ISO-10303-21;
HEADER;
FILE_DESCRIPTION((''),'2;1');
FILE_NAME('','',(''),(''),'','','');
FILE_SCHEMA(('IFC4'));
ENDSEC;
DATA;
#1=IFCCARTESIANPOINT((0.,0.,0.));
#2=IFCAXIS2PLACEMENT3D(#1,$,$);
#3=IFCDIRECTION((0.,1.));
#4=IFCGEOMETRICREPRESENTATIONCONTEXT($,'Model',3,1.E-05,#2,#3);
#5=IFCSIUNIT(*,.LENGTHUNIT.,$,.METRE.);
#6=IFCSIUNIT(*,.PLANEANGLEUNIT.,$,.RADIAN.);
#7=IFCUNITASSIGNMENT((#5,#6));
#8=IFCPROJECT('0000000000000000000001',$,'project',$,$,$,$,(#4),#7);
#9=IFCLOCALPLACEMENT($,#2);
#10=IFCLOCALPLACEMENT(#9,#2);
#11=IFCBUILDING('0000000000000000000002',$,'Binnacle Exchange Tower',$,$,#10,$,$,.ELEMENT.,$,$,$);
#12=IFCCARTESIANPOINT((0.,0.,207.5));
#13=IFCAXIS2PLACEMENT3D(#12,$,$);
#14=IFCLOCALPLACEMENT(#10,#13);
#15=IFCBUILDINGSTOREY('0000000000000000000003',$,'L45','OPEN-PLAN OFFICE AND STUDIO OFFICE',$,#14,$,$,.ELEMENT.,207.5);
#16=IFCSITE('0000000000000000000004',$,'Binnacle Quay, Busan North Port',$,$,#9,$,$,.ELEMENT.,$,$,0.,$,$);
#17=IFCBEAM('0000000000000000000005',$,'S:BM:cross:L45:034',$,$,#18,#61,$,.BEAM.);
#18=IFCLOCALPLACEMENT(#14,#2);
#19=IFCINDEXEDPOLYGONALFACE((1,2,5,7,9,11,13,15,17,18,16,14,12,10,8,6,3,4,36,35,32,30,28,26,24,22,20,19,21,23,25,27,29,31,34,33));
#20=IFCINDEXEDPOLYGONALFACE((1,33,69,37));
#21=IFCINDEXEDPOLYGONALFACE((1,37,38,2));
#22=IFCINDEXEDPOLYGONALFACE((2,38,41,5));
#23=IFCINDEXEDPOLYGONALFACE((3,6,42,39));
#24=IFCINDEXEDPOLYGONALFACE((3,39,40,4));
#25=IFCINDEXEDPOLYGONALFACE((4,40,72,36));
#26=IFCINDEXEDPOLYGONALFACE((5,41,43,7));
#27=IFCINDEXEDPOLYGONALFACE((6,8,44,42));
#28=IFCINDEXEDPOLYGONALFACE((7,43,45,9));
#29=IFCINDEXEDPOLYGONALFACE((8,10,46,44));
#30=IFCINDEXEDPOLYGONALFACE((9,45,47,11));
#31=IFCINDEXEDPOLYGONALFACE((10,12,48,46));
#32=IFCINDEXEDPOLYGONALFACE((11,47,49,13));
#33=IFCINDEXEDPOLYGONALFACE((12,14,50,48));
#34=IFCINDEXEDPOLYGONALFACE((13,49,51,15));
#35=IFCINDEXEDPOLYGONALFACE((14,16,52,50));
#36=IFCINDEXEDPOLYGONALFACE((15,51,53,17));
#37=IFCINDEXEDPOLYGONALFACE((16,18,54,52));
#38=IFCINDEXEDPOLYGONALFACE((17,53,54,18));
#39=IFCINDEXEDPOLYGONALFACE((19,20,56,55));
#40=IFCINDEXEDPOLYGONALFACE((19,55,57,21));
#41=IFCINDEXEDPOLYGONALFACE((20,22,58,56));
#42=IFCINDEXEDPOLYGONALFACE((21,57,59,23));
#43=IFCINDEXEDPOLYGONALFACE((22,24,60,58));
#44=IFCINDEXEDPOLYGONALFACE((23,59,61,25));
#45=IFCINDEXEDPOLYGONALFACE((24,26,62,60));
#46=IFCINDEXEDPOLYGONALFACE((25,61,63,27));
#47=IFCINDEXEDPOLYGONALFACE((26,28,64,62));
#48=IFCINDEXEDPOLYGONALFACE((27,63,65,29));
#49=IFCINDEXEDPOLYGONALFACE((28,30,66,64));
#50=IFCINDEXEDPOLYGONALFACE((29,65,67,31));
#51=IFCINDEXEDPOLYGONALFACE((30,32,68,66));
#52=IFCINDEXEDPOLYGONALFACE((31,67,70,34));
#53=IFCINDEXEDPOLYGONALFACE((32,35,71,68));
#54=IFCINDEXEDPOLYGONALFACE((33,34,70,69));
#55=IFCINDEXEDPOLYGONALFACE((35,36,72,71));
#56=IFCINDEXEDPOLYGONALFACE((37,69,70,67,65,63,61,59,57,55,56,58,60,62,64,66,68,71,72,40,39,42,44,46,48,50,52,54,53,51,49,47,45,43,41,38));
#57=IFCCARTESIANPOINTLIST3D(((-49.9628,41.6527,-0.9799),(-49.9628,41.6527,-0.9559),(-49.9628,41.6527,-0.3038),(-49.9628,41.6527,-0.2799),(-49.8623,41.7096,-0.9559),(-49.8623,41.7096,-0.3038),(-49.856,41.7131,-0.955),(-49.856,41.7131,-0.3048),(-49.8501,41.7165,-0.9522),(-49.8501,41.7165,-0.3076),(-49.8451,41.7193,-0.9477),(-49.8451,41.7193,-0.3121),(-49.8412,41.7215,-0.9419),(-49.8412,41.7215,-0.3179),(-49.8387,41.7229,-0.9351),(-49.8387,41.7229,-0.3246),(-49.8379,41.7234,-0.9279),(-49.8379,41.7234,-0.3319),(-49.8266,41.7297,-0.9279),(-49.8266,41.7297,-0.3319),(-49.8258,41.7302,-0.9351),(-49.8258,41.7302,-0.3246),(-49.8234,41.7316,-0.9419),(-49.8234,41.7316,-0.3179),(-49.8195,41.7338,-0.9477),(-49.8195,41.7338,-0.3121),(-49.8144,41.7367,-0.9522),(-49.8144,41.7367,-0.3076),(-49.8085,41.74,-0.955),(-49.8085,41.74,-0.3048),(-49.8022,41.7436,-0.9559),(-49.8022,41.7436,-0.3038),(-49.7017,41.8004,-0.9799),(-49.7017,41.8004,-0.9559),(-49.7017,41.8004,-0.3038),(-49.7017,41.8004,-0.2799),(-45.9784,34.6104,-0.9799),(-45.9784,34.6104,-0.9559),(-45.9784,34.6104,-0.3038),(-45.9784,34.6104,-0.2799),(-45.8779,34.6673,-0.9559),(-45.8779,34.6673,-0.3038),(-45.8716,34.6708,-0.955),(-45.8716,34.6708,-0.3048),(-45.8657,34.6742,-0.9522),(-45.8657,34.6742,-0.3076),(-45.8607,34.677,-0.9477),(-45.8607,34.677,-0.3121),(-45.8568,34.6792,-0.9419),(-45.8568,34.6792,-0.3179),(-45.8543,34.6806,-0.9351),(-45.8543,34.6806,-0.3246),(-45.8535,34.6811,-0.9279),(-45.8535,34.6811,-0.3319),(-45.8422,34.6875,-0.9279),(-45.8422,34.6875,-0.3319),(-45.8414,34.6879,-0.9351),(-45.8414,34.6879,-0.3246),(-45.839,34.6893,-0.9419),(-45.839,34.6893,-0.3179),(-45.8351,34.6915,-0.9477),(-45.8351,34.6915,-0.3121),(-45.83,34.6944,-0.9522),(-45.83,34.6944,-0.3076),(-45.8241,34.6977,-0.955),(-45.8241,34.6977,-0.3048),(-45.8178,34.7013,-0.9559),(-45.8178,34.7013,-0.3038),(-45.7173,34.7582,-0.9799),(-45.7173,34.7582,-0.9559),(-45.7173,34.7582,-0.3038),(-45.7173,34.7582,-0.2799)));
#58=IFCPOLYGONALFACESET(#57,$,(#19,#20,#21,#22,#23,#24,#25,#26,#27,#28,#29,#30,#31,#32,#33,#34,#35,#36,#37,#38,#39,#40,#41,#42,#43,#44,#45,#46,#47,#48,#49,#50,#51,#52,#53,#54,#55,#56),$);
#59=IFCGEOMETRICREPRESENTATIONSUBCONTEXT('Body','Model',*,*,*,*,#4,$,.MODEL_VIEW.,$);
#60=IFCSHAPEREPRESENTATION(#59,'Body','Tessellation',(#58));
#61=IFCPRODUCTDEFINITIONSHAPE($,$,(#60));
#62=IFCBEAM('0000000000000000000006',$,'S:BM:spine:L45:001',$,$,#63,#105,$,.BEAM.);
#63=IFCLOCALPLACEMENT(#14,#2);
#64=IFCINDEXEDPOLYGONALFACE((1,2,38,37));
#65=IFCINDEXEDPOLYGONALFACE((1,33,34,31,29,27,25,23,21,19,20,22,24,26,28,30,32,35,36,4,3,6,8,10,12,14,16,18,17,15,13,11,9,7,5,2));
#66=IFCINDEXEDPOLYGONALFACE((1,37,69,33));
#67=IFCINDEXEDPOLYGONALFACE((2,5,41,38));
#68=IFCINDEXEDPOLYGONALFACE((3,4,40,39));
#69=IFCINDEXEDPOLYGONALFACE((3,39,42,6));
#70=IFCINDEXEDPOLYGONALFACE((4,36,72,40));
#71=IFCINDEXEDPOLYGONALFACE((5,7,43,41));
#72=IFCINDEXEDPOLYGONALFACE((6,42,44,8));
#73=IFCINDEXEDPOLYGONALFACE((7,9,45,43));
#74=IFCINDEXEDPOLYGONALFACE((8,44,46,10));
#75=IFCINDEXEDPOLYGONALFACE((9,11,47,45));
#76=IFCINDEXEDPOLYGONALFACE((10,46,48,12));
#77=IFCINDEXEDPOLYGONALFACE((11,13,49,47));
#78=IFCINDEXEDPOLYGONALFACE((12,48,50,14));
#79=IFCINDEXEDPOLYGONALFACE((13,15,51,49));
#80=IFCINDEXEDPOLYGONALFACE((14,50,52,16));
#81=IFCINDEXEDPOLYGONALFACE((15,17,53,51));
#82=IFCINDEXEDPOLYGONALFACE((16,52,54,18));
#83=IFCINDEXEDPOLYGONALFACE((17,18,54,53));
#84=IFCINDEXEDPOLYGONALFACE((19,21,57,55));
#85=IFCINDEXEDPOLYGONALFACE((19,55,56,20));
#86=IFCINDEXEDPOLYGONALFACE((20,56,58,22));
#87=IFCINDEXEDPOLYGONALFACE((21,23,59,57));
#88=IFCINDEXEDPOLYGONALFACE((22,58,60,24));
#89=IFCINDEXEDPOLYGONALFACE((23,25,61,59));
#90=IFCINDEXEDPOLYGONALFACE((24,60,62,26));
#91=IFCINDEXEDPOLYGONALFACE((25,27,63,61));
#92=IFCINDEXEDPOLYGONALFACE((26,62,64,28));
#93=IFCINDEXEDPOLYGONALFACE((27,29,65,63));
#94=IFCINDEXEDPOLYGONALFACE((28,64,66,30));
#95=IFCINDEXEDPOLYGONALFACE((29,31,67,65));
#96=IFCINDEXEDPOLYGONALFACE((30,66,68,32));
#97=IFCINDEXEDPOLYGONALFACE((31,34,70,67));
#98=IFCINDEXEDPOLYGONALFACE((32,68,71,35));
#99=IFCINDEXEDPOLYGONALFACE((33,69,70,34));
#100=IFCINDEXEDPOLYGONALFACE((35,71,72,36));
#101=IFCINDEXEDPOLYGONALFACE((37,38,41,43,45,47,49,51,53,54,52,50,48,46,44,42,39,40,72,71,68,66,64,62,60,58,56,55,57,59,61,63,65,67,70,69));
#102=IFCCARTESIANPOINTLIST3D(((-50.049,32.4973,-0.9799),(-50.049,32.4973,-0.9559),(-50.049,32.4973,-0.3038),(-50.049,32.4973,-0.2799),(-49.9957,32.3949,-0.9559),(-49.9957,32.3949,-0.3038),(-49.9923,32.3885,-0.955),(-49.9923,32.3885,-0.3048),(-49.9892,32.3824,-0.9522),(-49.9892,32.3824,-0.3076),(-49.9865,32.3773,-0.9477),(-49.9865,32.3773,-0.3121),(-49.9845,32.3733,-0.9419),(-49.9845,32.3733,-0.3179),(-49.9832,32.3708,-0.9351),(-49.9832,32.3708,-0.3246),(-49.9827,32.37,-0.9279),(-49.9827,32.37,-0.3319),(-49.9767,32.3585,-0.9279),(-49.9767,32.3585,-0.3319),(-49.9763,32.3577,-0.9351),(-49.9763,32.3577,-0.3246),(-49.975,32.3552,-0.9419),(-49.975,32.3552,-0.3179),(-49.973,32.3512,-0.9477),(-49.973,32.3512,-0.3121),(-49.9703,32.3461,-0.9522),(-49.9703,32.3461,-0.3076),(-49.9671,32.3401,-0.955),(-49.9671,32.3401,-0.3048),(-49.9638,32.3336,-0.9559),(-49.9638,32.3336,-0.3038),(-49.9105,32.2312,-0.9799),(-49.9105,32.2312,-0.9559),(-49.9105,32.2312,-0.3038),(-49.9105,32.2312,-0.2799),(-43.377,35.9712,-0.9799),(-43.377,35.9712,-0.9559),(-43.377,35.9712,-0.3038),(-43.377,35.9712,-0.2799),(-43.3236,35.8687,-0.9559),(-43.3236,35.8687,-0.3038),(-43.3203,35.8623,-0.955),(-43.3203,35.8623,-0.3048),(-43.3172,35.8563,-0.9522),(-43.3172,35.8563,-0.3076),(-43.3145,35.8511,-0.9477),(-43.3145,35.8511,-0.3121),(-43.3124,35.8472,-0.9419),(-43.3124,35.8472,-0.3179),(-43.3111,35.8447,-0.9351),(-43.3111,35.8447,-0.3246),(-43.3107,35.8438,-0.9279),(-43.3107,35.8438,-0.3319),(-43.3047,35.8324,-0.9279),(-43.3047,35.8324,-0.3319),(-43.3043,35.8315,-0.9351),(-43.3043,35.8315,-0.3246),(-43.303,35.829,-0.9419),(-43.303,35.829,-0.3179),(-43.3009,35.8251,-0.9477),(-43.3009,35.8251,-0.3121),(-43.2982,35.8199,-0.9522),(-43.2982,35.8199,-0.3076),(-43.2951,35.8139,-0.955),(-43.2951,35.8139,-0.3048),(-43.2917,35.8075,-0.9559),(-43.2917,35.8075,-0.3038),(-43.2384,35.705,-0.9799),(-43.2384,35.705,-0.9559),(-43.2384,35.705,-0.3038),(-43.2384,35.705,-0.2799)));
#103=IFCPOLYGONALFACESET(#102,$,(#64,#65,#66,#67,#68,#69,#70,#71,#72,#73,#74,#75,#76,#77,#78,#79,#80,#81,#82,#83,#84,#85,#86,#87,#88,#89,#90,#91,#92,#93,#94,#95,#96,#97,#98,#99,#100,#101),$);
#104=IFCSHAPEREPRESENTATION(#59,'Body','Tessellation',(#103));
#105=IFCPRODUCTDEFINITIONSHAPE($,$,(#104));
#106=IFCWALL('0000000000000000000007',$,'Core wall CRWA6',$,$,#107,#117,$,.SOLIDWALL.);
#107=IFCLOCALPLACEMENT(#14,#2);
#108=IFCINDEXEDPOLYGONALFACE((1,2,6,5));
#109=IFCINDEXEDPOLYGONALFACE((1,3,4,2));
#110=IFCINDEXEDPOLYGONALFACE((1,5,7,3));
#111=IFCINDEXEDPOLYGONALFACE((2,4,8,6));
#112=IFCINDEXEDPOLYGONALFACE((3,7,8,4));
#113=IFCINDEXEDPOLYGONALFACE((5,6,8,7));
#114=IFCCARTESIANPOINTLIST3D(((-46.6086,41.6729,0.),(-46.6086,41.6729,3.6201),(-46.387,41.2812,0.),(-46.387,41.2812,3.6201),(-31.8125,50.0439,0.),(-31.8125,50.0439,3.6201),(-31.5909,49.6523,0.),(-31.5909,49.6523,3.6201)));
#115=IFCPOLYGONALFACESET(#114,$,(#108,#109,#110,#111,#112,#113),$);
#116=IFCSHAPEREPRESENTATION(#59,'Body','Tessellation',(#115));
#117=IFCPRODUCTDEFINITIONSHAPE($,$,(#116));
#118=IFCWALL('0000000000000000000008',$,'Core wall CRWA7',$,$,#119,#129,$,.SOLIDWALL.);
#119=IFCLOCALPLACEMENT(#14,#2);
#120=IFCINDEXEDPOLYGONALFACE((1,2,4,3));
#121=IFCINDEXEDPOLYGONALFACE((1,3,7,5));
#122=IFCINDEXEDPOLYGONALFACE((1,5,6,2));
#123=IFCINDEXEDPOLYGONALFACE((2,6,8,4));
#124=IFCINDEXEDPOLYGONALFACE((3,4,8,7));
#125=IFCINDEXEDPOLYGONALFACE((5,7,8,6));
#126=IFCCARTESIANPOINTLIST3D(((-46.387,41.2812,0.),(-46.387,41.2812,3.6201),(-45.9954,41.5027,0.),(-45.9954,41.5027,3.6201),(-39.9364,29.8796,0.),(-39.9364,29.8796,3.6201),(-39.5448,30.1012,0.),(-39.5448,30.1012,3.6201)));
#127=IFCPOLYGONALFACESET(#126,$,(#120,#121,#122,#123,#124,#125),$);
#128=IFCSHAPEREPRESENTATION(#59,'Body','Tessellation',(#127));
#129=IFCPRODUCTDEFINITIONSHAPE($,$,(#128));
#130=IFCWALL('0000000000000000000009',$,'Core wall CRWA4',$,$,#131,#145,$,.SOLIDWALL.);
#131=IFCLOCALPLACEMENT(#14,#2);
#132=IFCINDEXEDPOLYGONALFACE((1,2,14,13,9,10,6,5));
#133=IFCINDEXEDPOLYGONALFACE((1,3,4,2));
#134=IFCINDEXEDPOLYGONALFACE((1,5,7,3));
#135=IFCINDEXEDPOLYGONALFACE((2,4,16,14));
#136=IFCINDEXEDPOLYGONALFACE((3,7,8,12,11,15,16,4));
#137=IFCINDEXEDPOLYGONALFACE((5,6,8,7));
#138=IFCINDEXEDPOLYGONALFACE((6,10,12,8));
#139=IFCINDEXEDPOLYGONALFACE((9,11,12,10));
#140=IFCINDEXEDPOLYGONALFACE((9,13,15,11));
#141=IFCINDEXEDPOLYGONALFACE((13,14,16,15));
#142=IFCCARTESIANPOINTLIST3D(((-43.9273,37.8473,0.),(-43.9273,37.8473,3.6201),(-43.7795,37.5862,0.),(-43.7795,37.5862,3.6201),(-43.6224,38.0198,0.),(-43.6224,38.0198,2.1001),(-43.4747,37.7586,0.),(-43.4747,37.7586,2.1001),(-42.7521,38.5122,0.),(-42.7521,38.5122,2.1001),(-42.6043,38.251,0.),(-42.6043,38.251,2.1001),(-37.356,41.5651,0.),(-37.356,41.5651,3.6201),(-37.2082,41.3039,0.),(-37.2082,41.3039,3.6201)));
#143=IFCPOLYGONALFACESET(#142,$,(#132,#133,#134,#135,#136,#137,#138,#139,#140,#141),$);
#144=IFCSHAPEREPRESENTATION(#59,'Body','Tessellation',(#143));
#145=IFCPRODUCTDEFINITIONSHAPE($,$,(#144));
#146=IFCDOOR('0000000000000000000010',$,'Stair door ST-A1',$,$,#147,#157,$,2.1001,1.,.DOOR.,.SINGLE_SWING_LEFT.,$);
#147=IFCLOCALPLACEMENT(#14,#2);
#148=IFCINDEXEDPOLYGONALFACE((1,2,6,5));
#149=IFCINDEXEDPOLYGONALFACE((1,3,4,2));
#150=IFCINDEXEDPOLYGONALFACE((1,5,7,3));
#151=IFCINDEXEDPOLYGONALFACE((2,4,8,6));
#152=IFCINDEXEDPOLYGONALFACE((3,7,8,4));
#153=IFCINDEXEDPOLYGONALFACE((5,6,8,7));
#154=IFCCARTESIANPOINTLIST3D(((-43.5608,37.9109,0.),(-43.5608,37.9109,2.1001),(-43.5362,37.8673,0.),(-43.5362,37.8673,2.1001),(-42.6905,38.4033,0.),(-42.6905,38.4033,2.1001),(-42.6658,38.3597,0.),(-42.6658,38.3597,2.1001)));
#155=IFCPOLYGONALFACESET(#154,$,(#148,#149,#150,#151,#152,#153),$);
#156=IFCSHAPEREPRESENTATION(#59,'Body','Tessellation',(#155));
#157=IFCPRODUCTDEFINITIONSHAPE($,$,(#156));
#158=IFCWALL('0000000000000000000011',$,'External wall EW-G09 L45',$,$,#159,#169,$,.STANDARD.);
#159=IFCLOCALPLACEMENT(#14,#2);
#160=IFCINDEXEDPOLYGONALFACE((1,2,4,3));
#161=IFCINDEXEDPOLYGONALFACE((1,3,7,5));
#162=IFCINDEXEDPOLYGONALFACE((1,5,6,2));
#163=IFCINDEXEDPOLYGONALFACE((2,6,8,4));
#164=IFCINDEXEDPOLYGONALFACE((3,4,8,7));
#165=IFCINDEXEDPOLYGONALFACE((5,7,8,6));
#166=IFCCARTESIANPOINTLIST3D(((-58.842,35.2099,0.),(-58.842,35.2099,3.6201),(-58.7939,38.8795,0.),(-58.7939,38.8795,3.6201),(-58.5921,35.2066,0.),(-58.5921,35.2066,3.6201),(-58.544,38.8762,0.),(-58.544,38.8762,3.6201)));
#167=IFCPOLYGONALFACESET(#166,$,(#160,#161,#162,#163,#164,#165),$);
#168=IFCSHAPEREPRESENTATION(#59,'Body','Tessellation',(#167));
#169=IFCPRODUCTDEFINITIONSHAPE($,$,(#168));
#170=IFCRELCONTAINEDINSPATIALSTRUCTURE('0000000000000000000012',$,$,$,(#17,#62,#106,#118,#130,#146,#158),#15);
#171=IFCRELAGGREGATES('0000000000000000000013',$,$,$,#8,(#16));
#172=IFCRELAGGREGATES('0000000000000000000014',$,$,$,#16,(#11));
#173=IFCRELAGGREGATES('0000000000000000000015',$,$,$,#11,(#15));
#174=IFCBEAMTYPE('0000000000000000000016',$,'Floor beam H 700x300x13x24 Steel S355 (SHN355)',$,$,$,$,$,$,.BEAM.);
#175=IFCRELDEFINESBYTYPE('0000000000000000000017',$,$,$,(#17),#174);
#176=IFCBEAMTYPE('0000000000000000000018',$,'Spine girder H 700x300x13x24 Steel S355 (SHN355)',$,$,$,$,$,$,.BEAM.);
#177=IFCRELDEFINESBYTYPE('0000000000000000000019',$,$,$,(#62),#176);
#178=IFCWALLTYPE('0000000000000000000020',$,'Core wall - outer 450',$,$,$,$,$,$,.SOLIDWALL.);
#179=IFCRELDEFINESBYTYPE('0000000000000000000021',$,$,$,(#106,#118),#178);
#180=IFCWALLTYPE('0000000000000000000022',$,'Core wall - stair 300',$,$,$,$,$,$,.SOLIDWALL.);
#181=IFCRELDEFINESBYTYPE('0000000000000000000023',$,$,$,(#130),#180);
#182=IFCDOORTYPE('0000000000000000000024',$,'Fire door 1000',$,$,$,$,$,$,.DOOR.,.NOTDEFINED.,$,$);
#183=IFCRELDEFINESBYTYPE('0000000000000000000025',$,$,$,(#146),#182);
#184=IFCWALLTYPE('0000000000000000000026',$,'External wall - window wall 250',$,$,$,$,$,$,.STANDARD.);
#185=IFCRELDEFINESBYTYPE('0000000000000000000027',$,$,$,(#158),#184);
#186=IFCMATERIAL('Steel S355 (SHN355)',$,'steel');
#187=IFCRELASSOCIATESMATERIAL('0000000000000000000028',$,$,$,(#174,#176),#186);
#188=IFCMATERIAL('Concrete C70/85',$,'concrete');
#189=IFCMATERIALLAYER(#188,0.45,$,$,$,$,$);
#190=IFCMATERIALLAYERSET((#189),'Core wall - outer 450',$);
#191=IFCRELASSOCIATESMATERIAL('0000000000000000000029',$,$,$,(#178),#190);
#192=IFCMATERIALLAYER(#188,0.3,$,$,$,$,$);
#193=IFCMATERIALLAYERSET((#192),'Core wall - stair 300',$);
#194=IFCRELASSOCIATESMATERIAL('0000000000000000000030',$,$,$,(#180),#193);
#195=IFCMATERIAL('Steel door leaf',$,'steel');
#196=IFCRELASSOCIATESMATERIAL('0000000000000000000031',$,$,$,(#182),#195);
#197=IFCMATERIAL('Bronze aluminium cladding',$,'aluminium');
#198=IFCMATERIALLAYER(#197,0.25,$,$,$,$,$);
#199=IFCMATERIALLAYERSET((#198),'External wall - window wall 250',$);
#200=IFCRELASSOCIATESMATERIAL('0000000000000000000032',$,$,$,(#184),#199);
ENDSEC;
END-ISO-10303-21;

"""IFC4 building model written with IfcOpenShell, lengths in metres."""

from ifc_helpers import new_model, si_unit, direction, frame, frame_2d, origin, origin_2d, place, context, subcontext, project, spatial, rectangle, i_section, extrude, material, layer, layer_set, material_profile, profile_set, type_object, element, fill, save


model = new_model("IFC4")

# Units and contexts
model_context = context("Model", 3, precision=1e-05, world=origin(), true_north=direction((0.0, 1.0)))
body_context = subcontext(model_context, "Body", "Model", "MODEL_VIEW")
ifc_project = project(units=[si_unit("LENGTHUNIT", "METRE"), si_unit("PLANEANGLEUNIT", "RADIAN")], contexts=[model_context])

# Site, building, storey
site_placement = place(None, origin())
site = spatial("IfcSite", under=ifc_project, at=site_placement, Name="Binnacle Quay, Busan North Port", CompositionType="ELEMENT", RefElevation=0.0)
building_placement = place(site_placement, origin())
building = spatial("IfcBuilding", under=site, at=building_placement, Name="Binnacle Exchange Tower", CompositionType="ELEMENT")
storey_placement = place(building_placement, frame((0.0, 0.0, 207.5)))
storey = spatial("IfcBuildingStorey", under=building, at=storey_placement, Name="L45", Description="OPEN-PLAN OFFICE AND STUDIO OFFICE", CompositionType="ELEMENT", Elevation=207.5)

# Beams
ifc_material_1 = material(Name="Steel S355 (SHN355)", Category="steel")
ifc_material_profile_1 = material_profile(ifc_material_1, i_section(OverallWidth=0.3, OverallDepth=0.7, WebThickness=0.0129, FlangeThickness=0.0239, FilletRadius=0.0281, at=origin_2d()), Name="H 700x300x13x24")
ifc_profile_set_1 = profile_set([ifc_material_profile_1], Name="Steel S355 (SHN355)")
beam_type_1 = type_object("IfcBeamType", Name="Floor beam H 700x300x13x24 Steel S355 (SHN355)", PredefinedType="BEAM", material=ifc_profile_set_1)
beam_1_placement = place(storey_placement, frame((-49.8323, 41.7266, -0.6299), z_axis=(0.49243, -0.870352, 0.0), x_axis=(0.870352, 0.49243, 0.0)))
element("IfcBeam", 1, at=beam_1_placement, inside=storey, type_object=beam_type_1, Name="S:BM:cross:L45:034", PredefinedType="BEAM", context=body_context, shape_type="SweptSolid", body=[
    extrude(i_section(OverallWidth=0.3, OverallDepth=0.7, WebThickness=0.0129, FlangeThickness=0.0239, FilletRadius=0.0281, at=origin_2d()), origin(), (0.0, 0.0, 1.0), 8.0913),
])
ifc_material_profile_2 = material_profile(ifc_material_1, i_section(OverallWidth=0.3, OverallDepth=0.7, WebThickness=0.0129, FlangeThickness=0.0239, FilletRadius=0.0281, at=origin_2d()), Name="H 700x300x13x24")
ifc_profile_set_2 = profile_set([ifc_material_profile_2], Name="Steel S355 (SHN355)")
beam_type_2 = type_object("IfcBeamType", Name="Spine girder H 700x300x13x24 Steel S355 (SHN355)", PredefinedType="BEAM", material=ifc_profile_set_2)
beam_2_placement = place(storey_placement, frame((-49.9797, 32.3643, -0.6299), z_axis=(0.886979, 0.46181, 0.0), x_axis=(-0.46181, 0.886979, 0.0)))
element("IfcBeam", 2, at=beam_2_placement, inside=storey, type_object=beam_type_2, Name="S:BM:spine:L45:001", PredefinedType="BEAM", context=body_context, shape_type="SweptSolid", body=[
    extrude(i_section(OverallWidth=0.3, OverallDepth=0.7, WebThickness=0.0129, FlangeThickness=0.0239, FilletRadius=0.0281, at=origin_2d()), origin(), (0.0, 0.0, 1.0), 7.5222),
])

# Walls
ifc_material_2 = material(Name="Concrete C70/85", Category="concrete")
ifc_layer_1 = layer(ifc_material_2, 0.45)
ifc_layer_set_1 = layer_set([ifc_layer_1], Name="Core wall - outer 450")
wall_type_1 = type_object("IfcWallType", Name="Core wall - outer 450", PredefinedType="SOLIDWALL", material=ifc_layer_set_1)
wall_1_placement = place(storey_placement, frame((-46.4978, 41.4771, 0.0), z_axis=(0.0, 0.0, 1.0), x_axis=(0.87036, 0.492416, 0.0)))
element("IfcWall", 3, at=wall_1_placement, inside=storey, type_object=wall_type_1, Name="Core wall CRWA6", PredefinedType="SOLIDWALL", context=body_context, shape_type="SweptSolid", body=[
    extrude(rectangle(XDim=17.0, YDim=0.45, at=frame_2d((8.5, 0.0))), origin(), (0.0, 0.0, 1.0), 3.6201),
])
wall_2_placement = place(storey_placement, frame((-46.1912, 41.3918, 0.0), z_axis=(0.0, 0.0, 1.0), x_axis=(0.492421, -0.870357, 0.0)))
element("IfcWall", 4, at=wall_2_placement, inside=storey, type_object=wall_type_1, Name="Core wall CRWA7", PredefinedType="SOLIDWALL", context=body_context, shape_type="SweptSolid", body=[
    extrude(rectangle(XDim=13.0999, YDim=0.45, at=frame_2d((6.5498, 0.0))), origin(), (0.0, 0.0, 1.0), 3.6201),
])

# Wall, opening, door
ifc_layer_2 = layer(ifc_material_2, 0.3)
ifc_layer_set_2 = layer_set([ifc_layer_2], Name="Core wall - stair 300")
wall_type_2 = type_object("IfcWallType", Name="Core wall - stair 300", PredefinedType="SOLIDWALL", material=ifc_layer_set_2)
wall_3_placement = place(storey_placement, frame((-43.8533, 37.7168, 0.0), z_axis=(0.0, 0.0, 1.0), x_axis=(0.87036, 0.492415, 0.0)))
wall_3 = element("IfcWall", 5, at=wall_3_placement, inside=storey, type_object=wall_type_2, Name="Core wall CRWA4", PredefinedType="SOLIDWALL", context=body_context, shape_type="SweptSolid", body=[
    extrude(rectangle(XDim=7.55, YDim=0.3, at=frame_2d((3.7749, 0.0))), origin(), (0.0, 0.0, 1.0), 3.6201),
])
opening_1_placement = place(wall_3_placement, frame((0.3501, 0.0, 0.0)))
opening_1 = element("IfcOpeningElement", 6, at=opening_1_placement, cuts=wall_3, PredefinedType="OPENING", context=body_context, shape_type="SweptSolid", body=[
    extrude(rectangle(XDim=1.0, YDim=2.1001, at=frame_2d((0.5, 1.05))), frame((0.0, 0.1599, 0.0), z_axis=(0.0, -1.0, 0.0), x_axis=(1.0, 0.0, 0.0)), (0.0, 0.0, 1.0), 0.3201),
])
ifc_material_3 = material(Name="Steel door leaf", Category="steel")
door_type_1 = type_object("IfcDoorType", Name="Fire door 1000", OperationType="NOTDEFINED", PredefinedType="DOOR", material=ifc_material_3)
door_1_placement = place(opening_1_placement, origin())
door_1 = element("IfcDoor", 7, at=door_1_placement, inside=storey, type_object=door_type_1, Name="Stair door ST-A1", OperationType="SINGLE_SWING_LEFT", OverallHeight=2.1001, OverallWidth=1.0, PredefinedType="DOOR", context=body_context, shape_type="SweptSolid", body=[
    extrude(rectangle(XDim=1.0, YDim=2.1001, at=frame_2d((0.5, 1.05))), frame((0.0, 0.0249, 0.0), z_axis=(0.0, -1.0, 0.0), x_axis=(1.0, 0.0, 0.0)), (0.0, 0.0, 1.0), 0.05),
])
fill(opening_1, door_1)

# Wall
ifc_material_4 = material(Name="Bronze aluminium cladding", Category="aluminium")
ifc_layer_3 = layer(ifc_material_4, 0.25)
ifc_layer_set_3 = layer_set([ifc_layer_3], Name="External wall - window wall 250")
wall_type_3 = type_object("IfcWallType", Name="External wall - window wall 250", PredefinedType="STANDARD", material=ifc_layer_set_3)
wall_4_placement = place(storey_placement, frame((-58.717, 35.2083, 0.0), z_axis=(0.0, 0.0, 1.0), x_axis=(0.013105, 0.999914, 0.0)))
element("IfcWall", 8, at=wall_4_placement, inside=storey, type_object=wall_type_3, Name="External wall EW-G09 L45", PredefinedType="STANDARD", context=body_context, shape_type="SweptSolid", body=[
    extrude(rectangle(XDim=3.6699, YDim=0.25, at=frame_2d((1.835, 0.0))), origin(), (0.0, 0.0, 1.0), 3.6201),
])

save(model, "model.ifc")
